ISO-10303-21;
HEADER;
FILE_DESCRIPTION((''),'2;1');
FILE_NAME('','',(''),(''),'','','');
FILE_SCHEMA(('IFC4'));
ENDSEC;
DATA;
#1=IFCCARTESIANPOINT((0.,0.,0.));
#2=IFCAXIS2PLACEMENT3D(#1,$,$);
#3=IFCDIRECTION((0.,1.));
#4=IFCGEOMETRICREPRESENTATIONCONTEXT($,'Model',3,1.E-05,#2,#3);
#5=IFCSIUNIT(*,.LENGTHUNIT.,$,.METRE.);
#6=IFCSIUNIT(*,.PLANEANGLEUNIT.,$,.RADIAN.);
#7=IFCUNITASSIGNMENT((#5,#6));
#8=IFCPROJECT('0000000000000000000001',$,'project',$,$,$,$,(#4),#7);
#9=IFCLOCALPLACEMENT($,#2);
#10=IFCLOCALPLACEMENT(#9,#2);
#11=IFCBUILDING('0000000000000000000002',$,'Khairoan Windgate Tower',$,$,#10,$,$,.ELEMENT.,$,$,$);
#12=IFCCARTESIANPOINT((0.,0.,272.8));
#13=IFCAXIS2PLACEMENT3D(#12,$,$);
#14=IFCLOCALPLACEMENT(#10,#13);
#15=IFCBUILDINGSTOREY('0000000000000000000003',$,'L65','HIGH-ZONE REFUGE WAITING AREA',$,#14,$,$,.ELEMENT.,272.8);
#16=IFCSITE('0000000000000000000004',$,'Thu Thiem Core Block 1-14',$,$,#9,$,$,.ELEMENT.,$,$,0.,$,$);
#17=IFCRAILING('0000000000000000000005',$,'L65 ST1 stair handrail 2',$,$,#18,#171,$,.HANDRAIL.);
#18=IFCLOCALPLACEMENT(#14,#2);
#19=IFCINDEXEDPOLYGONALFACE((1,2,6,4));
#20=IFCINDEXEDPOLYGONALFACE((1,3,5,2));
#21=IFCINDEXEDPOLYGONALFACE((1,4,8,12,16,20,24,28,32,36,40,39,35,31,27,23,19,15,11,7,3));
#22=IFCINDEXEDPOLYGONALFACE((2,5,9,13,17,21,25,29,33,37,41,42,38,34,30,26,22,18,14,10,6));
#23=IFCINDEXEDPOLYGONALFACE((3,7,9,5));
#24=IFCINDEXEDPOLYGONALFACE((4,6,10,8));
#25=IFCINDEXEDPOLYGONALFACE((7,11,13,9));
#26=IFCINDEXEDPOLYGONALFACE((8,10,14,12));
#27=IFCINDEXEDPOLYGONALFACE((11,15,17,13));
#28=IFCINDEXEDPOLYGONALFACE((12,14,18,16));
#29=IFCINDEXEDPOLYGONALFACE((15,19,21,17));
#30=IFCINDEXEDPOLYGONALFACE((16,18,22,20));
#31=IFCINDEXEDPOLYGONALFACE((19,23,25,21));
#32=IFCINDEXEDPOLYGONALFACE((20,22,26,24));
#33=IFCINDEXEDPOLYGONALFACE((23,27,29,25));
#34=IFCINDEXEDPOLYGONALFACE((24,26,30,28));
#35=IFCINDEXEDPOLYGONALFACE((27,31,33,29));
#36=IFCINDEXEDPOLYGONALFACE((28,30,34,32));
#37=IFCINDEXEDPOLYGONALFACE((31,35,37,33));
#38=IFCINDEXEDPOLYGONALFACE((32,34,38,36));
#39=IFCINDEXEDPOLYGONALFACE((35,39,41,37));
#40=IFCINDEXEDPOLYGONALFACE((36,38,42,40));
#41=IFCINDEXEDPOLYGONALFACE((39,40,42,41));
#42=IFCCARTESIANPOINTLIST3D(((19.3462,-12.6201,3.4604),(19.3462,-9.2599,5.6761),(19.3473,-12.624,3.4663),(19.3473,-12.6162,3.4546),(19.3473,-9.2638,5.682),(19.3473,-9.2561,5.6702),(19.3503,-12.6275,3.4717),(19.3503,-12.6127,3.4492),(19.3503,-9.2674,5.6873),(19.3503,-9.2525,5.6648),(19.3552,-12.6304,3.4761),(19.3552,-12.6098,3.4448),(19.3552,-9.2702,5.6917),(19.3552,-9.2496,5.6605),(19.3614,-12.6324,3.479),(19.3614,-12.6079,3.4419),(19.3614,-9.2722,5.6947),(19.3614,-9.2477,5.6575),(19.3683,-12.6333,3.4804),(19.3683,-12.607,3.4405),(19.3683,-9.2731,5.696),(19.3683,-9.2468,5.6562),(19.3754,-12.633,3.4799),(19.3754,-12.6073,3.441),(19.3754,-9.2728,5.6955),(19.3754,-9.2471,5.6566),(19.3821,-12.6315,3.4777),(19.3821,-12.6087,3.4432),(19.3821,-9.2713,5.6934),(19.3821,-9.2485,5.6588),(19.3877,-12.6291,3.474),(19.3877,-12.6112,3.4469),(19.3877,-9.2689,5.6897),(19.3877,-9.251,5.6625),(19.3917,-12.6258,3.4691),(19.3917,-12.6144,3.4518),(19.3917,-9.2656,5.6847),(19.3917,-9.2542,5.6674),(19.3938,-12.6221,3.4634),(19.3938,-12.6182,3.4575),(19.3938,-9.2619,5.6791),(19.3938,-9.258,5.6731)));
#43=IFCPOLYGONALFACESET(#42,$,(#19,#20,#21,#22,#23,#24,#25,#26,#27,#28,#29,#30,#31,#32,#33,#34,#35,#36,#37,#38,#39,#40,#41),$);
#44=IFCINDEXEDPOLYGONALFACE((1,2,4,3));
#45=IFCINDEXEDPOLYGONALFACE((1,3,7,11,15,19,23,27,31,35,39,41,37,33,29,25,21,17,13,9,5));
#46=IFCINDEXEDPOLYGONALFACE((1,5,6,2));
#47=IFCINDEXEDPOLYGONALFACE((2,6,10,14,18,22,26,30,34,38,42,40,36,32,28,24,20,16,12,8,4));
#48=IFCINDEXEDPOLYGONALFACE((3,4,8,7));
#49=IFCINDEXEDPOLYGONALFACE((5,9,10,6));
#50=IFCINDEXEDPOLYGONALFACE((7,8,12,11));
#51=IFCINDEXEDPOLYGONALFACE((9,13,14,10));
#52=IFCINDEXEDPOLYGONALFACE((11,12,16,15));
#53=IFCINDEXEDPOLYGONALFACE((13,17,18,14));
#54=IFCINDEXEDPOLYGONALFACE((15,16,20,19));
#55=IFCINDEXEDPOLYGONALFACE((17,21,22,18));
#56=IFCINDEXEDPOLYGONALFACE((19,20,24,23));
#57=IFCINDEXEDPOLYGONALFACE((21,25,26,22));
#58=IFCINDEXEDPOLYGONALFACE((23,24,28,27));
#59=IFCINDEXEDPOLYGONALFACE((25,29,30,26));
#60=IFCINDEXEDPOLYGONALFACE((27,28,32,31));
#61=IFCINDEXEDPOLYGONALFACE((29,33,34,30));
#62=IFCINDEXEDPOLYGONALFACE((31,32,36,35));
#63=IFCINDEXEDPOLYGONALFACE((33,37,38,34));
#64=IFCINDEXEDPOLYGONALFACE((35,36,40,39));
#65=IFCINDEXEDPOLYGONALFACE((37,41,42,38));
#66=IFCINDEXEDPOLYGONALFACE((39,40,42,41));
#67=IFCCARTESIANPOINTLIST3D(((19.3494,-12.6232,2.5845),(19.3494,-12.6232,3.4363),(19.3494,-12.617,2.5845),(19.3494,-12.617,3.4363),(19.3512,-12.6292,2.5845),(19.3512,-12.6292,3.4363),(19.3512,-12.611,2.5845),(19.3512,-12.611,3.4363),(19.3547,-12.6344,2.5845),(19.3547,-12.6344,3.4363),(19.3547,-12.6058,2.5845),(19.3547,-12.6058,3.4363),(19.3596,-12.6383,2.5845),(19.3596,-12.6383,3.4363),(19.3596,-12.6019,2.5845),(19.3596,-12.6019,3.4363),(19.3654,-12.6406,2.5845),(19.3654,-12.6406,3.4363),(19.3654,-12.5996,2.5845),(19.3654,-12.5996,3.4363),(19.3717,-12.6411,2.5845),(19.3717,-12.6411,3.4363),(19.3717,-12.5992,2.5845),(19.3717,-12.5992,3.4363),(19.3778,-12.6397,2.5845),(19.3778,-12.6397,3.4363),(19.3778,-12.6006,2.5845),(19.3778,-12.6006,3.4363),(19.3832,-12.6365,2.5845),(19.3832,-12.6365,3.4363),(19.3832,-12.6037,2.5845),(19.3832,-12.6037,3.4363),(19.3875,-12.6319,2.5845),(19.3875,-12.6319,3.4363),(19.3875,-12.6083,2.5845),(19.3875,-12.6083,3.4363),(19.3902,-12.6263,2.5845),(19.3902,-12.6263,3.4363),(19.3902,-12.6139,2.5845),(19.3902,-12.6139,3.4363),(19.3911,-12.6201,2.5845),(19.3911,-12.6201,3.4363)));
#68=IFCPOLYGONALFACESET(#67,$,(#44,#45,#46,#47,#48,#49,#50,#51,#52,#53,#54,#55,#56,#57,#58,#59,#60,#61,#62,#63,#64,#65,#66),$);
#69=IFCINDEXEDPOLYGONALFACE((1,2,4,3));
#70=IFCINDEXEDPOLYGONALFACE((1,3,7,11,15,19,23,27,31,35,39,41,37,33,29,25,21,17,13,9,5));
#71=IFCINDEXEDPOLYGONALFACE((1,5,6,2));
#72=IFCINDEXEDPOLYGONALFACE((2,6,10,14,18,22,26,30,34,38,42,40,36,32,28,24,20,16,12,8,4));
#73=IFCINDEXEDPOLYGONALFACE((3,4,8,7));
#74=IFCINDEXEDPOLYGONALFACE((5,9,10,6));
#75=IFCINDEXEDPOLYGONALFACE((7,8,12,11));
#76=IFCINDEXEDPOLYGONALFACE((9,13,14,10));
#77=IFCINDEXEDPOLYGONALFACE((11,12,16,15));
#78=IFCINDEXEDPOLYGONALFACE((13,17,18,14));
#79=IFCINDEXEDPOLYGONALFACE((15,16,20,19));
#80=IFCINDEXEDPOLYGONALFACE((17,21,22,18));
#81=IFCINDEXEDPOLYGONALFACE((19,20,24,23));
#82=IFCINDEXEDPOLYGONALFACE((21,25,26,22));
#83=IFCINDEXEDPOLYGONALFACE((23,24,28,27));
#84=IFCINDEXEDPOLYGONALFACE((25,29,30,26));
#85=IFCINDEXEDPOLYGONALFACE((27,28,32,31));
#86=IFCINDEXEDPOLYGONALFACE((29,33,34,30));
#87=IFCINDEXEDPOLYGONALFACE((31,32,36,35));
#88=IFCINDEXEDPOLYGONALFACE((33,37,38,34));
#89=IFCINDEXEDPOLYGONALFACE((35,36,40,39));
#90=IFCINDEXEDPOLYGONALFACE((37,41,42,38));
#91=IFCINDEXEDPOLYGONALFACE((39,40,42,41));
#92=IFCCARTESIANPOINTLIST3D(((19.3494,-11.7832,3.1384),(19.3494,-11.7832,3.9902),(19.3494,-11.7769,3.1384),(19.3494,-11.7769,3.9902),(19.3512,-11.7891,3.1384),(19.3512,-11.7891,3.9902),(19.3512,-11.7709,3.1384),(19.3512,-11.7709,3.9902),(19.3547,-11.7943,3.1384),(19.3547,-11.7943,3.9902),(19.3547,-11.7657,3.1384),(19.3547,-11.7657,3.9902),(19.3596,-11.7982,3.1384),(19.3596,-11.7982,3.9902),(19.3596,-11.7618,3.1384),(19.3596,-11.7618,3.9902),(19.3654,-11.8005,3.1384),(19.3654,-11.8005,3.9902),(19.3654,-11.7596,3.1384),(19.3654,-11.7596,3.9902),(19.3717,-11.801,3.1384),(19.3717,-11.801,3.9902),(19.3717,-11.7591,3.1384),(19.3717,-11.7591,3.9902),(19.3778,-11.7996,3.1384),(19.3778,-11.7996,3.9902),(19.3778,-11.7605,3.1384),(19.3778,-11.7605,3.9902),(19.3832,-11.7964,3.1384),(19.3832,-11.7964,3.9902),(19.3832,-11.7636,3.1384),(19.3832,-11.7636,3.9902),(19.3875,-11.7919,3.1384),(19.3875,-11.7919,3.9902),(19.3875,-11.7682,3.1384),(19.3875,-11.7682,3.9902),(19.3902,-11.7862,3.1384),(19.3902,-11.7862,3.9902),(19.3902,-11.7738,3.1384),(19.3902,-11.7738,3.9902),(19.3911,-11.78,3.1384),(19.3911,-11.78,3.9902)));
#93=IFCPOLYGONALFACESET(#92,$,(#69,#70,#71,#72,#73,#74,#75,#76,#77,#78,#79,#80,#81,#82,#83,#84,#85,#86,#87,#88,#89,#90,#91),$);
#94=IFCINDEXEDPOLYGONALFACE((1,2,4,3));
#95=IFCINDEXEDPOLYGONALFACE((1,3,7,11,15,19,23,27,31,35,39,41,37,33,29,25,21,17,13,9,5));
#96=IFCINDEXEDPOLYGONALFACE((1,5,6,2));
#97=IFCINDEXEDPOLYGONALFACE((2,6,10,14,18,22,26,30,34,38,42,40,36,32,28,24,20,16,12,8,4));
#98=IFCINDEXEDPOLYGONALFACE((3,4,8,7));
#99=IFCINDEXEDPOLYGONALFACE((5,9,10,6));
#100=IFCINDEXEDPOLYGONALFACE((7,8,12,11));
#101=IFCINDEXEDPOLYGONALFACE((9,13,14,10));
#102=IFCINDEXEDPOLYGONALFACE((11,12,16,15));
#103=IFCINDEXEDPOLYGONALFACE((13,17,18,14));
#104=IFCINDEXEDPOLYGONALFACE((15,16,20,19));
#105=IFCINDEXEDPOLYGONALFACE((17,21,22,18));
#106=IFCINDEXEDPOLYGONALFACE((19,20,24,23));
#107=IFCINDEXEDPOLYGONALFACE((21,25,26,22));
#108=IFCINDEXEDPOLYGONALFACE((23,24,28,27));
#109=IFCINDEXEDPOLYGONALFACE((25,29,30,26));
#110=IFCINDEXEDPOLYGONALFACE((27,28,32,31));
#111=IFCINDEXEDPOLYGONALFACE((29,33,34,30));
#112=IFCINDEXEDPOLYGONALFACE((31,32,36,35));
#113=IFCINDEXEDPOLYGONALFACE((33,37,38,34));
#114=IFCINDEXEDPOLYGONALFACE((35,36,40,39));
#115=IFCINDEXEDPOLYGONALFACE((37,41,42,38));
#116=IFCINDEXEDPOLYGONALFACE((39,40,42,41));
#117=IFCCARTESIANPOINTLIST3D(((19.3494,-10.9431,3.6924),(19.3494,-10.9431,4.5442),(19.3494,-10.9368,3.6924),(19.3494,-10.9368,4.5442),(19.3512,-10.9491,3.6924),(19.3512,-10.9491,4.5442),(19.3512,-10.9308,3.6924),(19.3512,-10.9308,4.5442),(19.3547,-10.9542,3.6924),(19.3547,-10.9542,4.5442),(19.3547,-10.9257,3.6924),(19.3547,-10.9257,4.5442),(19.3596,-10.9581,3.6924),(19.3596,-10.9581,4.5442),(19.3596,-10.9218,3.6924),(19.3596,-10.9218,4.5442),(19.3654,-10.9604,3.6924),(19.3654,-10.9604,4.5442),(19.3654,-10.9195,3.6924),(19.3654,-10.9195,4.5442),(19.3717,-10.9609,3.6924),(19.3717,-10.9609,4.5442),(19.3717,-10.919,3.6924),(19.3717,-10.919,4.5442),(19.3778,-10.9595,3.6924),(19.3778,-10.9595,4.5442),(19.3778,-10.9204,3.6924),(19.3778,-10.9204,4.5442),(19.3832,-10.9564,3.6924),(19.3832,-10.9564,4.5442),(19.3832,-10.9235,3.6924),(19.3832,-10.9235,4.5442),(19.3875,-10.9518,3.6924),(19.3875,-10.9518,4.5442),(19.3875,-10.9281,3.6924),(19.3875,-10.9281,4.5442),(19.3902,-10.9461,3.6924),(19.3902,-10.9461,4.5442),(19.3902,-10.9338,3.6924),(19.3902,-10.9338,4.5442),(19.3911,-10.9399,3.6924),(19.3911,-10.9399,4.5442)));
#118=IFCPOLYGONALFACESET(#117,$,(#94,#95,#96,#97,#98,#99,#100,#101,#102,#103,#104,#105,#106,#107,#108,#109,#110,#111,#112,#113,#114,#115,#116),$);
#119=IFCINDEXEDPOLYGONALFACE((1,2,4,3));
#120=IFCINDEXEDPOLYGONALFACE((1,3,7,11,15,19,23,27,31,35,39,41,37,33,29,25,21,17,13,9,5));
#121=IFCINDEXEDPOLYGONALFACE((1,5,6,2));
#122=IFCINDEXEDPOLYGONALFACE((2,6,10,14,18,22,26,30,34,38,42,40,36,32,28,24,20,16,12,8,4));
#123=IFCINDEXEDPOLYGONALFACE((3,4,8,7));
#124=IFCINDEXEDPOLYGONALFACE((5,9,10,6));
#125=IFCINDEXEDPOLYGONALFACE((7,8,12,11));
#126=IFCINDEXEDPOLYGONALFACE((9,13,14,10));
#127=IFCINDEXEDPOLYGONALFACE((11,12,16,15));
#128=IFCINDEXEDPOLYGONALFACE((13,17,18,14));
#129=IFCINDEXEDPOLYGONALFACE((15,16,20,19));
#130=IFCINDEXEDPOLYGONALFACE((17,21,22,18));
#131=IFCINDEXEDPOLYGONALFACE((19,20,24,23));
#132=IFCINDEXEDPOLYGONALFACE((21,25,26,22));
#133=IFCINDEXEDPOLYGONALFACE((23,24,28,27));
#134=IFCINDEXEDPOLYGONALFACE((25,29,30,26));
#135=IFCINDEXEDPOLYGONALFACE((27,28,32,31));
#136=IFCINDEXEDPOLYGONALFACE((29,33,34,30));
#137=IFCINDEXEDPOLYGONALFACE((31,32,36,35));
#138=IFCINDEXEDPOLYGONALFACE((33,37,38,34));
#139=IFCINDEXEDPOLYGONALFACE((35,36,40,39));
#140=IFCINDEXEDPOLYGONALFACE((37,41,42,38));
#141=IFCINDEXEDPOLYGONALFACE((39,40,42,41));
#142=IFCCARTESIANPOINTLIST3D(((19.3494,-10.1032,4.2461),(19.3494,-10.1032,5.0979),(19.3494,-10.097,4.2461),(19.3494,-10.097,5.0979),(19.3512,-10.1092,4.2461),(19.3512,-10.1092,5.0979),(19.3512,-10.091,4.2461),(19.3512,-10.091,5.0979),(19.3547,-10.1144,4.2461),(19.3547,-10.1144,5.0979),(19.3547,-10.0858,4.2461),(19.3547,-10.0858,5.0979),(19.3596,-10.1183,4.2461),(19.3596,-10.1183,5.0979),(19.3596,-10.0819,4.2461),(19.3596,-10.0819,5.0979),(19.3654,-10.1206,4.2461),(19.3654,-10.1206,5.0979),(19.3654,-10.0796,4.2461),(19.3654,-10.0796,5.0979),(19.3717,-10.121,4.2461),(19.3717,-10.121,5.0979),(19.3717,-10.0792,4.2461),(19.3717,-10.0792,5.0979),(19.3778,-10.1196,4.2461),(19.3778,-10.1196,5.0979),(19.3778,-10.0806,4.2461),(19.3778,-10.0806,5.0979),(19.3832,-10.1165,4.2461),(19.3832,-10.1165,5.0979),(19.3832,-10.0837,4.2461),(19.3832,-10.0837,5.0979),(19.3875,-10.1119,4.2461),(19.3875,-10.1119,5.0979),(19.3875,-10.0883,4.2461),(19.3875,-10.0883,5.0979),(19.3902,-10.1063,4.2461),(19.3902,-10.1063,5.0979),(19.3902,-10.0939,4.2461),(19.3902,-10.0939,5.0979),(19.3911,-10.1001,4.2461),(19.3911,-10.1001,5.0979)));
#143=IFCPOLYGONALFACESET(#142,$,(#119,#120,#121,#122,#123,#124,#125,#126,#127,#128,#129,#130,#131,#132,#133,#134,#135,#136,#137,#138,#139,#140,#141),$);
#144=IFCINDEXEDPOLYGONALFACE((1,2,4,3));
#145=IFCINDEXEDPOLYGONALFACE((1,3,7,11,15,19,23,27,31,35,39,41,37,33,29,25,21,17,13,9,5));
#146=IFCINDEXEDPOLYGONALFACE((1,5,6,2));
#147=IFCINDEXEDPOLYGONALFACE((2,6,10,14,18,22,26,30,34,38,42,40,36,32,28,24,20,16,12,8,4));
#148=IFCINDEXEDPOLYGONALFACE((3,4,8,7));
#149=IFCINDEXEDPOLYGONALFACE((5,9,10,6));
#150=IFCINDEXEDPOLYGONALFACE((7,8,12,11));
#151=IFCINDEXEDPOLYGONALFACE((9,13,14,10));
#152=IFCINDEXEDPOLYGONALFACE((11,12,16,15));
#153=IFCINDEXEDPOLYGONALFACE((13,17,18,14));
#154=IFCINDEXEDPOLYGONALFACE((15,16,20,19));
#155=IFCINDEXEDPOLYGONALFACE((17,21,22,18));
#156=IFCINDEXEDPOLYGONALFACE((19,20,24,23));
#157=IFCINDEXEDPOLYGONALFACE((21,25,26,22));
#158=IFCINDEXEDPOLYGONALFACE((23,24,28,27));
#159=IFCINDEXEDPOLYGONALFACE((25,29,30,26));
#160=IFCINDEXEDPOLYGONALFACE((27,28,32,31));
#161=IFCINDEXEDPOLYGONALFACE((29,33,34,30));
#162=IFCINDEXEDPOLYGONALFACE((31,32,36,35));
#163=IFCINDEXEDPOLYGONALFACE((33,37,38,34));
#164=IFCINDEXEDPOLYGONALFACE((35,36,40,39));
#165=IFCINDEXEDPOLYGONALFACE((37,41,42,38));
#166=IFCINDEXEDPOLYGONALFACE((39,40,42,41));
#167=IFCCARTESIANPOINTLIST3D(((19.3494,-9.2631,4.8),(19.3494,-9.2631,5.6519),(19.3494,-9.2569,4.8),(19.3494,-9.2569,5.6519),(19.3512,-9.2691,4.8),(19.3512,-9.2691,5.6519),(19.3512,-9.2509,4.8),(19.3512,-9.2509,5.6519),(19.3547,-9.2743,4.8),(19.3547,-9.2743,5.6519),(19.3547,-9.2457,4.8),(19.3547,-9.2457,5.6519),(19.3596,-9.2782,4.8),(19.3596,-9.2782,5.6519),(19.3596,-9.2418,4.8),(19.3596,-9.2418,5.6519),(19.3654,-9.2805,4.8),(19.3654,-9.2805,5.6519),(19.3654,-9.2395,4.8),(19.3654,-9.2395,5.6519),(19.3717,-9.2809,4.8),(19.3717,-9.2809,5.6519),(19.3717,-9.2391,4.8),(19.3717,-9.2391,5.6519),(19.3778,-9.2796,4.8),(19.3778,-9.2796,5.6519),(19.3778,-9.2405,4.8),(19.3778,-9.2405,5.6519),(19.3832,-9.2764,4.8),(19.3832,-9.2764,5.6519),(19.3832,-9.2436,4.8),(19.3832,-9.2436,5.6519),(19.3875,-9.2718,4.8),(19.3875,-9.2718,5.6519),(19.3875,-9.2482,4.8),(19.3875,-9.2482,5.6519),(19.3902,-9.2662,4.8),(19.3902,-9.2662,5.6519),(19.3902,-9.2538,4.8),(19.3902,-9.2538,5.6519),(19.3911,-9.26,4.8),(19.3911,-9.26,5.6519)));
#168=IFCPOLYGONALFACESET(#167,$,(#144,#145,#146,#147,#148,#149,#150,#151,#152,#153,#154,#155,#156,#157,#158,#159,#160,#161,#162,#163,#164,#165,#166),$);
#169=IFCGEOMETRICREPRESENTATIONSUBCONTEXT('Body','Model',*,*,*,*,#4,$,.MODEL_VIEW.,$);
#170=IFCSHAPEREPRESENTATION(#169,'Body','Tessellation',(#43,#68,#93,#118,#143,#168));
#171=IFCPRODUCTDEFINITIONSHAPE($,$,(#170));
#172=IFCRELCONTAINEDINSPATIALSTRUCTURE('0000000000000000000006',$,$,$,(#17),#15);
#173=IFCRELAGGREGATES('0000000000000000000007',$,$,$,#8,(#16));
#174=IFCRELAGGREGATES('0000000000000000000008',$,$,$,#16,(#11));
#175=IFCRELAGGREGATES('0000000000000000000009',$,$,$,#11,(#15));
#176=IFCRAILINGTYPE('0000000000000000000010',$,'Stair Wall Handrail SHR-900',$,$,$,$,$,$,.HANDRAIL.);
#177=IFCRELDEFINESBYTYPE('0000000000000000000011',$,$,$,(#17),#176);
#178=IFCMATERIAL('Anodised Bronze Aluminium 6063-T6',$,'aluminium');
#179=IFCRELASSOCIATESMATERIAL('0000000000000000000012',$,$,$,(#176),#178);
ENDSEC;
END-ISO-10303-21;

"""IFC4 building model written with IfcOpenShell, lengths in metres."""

from ifc_helpers import new_model, si_unit, direction, frame, origin, origin_2d, place, context, subcontext, project, spatial, circle, extrude, material, type_object, element, save


model = new_model("IFC4")

# Units and contexts
model_context = context("Model", 3, precision=1e-05, world=origin(), true_north=direction((0.0, 1.0)))
body_context = subcontext(model_context, "Body", "Model", "MODEL_VIEW")
ifc_project = project(units=[si_unit("LENGTHUNIT", "METRE"), si_unit("PLANEANGLEUNIT", "RADIAN")], contexts=[model_context])

# Site, building, storey
site_placement = place(None, origin())
site = spatial("IfcSite", under=ifc_project, at=site_placement, Name="Thu Thiem Core Block 1-14", CompositionType="ELEMENT", RefElevation=0.0)
building_placement = place(site_placement, origin())
building = spatial("IfcBuilding", under=site, at=building_placement, Name="Khairoan Windgate Tower", CompositionType="ELEMENT")
storey_placement = place(building_placement, frame((0.0, 0.0, 272.8)))
storey = spatial("IfcBuildingStorey", under=building, at=storey_placement, Name="L65", Description="HIGH-ZONE REFUGE WAITING AREA", CompositionType="ELEMENT", Elevation=272.8)

# Railing
ifc_material_1 = material(Name="Anodised Bronze Aluminium 6063-T6", Category="aluminium")
railing_type_1 = type_object("IfcRailingType", Name="Stair Wall Handrail SHR-900", PredefinedType="HANDRAIL", material=ifc_material_1)
railing_1_placement = place(storey_placement, frame((19.3701, -12.6201, 2.5845)))
element("IfcRailing", 1, at=railing_1_placement, inside=storey, type_object=railing_type_1, Name="L65 ST1 stair handrail 2", PredefinedType="HANDRAIL", context=body_context, shape_type="SweptSolid", body=[
    extrude(circle(Radius=0.0239, at=origin_2d()), frame((0.0, 0.0, 0.876), z_axis=(0.0, 0.834849, 0.55048), x_axis=(-1.0, 0.0, 0.0)), (0.0, 0.0, 1.0), 4.0249),
    extrude(circle(Radius=0.021, at=origin_2d()), origin(), (0.0, 0.0, 1.0), 0.8518),
    extrude(circle(Radius=0.021, at=origin_2d()), frame((0.0, 0.8401, 0.554)), (0.0, 0.0, 1.0), 0.8518),
    extrude(circle(Radius=0.021, at=origin_2d()), frame((0.0, 1.6802, 1.1079)), (0.0, 0.0, 1.0), 0.8518),
    extrude(circle(Radius=0.021, at=origin_2d()), frame((0.0, 2.52, 1.6616)), (0.0, 0.0, 1.0), 0.8518),
    extrude(circle(Radius=0.021, at=origin_2d()), frame((0.0, 3.3601, 2.2156)), (0.0, 0.0, 1.0), 0.8518),
])

save(model, "model.ifc")
